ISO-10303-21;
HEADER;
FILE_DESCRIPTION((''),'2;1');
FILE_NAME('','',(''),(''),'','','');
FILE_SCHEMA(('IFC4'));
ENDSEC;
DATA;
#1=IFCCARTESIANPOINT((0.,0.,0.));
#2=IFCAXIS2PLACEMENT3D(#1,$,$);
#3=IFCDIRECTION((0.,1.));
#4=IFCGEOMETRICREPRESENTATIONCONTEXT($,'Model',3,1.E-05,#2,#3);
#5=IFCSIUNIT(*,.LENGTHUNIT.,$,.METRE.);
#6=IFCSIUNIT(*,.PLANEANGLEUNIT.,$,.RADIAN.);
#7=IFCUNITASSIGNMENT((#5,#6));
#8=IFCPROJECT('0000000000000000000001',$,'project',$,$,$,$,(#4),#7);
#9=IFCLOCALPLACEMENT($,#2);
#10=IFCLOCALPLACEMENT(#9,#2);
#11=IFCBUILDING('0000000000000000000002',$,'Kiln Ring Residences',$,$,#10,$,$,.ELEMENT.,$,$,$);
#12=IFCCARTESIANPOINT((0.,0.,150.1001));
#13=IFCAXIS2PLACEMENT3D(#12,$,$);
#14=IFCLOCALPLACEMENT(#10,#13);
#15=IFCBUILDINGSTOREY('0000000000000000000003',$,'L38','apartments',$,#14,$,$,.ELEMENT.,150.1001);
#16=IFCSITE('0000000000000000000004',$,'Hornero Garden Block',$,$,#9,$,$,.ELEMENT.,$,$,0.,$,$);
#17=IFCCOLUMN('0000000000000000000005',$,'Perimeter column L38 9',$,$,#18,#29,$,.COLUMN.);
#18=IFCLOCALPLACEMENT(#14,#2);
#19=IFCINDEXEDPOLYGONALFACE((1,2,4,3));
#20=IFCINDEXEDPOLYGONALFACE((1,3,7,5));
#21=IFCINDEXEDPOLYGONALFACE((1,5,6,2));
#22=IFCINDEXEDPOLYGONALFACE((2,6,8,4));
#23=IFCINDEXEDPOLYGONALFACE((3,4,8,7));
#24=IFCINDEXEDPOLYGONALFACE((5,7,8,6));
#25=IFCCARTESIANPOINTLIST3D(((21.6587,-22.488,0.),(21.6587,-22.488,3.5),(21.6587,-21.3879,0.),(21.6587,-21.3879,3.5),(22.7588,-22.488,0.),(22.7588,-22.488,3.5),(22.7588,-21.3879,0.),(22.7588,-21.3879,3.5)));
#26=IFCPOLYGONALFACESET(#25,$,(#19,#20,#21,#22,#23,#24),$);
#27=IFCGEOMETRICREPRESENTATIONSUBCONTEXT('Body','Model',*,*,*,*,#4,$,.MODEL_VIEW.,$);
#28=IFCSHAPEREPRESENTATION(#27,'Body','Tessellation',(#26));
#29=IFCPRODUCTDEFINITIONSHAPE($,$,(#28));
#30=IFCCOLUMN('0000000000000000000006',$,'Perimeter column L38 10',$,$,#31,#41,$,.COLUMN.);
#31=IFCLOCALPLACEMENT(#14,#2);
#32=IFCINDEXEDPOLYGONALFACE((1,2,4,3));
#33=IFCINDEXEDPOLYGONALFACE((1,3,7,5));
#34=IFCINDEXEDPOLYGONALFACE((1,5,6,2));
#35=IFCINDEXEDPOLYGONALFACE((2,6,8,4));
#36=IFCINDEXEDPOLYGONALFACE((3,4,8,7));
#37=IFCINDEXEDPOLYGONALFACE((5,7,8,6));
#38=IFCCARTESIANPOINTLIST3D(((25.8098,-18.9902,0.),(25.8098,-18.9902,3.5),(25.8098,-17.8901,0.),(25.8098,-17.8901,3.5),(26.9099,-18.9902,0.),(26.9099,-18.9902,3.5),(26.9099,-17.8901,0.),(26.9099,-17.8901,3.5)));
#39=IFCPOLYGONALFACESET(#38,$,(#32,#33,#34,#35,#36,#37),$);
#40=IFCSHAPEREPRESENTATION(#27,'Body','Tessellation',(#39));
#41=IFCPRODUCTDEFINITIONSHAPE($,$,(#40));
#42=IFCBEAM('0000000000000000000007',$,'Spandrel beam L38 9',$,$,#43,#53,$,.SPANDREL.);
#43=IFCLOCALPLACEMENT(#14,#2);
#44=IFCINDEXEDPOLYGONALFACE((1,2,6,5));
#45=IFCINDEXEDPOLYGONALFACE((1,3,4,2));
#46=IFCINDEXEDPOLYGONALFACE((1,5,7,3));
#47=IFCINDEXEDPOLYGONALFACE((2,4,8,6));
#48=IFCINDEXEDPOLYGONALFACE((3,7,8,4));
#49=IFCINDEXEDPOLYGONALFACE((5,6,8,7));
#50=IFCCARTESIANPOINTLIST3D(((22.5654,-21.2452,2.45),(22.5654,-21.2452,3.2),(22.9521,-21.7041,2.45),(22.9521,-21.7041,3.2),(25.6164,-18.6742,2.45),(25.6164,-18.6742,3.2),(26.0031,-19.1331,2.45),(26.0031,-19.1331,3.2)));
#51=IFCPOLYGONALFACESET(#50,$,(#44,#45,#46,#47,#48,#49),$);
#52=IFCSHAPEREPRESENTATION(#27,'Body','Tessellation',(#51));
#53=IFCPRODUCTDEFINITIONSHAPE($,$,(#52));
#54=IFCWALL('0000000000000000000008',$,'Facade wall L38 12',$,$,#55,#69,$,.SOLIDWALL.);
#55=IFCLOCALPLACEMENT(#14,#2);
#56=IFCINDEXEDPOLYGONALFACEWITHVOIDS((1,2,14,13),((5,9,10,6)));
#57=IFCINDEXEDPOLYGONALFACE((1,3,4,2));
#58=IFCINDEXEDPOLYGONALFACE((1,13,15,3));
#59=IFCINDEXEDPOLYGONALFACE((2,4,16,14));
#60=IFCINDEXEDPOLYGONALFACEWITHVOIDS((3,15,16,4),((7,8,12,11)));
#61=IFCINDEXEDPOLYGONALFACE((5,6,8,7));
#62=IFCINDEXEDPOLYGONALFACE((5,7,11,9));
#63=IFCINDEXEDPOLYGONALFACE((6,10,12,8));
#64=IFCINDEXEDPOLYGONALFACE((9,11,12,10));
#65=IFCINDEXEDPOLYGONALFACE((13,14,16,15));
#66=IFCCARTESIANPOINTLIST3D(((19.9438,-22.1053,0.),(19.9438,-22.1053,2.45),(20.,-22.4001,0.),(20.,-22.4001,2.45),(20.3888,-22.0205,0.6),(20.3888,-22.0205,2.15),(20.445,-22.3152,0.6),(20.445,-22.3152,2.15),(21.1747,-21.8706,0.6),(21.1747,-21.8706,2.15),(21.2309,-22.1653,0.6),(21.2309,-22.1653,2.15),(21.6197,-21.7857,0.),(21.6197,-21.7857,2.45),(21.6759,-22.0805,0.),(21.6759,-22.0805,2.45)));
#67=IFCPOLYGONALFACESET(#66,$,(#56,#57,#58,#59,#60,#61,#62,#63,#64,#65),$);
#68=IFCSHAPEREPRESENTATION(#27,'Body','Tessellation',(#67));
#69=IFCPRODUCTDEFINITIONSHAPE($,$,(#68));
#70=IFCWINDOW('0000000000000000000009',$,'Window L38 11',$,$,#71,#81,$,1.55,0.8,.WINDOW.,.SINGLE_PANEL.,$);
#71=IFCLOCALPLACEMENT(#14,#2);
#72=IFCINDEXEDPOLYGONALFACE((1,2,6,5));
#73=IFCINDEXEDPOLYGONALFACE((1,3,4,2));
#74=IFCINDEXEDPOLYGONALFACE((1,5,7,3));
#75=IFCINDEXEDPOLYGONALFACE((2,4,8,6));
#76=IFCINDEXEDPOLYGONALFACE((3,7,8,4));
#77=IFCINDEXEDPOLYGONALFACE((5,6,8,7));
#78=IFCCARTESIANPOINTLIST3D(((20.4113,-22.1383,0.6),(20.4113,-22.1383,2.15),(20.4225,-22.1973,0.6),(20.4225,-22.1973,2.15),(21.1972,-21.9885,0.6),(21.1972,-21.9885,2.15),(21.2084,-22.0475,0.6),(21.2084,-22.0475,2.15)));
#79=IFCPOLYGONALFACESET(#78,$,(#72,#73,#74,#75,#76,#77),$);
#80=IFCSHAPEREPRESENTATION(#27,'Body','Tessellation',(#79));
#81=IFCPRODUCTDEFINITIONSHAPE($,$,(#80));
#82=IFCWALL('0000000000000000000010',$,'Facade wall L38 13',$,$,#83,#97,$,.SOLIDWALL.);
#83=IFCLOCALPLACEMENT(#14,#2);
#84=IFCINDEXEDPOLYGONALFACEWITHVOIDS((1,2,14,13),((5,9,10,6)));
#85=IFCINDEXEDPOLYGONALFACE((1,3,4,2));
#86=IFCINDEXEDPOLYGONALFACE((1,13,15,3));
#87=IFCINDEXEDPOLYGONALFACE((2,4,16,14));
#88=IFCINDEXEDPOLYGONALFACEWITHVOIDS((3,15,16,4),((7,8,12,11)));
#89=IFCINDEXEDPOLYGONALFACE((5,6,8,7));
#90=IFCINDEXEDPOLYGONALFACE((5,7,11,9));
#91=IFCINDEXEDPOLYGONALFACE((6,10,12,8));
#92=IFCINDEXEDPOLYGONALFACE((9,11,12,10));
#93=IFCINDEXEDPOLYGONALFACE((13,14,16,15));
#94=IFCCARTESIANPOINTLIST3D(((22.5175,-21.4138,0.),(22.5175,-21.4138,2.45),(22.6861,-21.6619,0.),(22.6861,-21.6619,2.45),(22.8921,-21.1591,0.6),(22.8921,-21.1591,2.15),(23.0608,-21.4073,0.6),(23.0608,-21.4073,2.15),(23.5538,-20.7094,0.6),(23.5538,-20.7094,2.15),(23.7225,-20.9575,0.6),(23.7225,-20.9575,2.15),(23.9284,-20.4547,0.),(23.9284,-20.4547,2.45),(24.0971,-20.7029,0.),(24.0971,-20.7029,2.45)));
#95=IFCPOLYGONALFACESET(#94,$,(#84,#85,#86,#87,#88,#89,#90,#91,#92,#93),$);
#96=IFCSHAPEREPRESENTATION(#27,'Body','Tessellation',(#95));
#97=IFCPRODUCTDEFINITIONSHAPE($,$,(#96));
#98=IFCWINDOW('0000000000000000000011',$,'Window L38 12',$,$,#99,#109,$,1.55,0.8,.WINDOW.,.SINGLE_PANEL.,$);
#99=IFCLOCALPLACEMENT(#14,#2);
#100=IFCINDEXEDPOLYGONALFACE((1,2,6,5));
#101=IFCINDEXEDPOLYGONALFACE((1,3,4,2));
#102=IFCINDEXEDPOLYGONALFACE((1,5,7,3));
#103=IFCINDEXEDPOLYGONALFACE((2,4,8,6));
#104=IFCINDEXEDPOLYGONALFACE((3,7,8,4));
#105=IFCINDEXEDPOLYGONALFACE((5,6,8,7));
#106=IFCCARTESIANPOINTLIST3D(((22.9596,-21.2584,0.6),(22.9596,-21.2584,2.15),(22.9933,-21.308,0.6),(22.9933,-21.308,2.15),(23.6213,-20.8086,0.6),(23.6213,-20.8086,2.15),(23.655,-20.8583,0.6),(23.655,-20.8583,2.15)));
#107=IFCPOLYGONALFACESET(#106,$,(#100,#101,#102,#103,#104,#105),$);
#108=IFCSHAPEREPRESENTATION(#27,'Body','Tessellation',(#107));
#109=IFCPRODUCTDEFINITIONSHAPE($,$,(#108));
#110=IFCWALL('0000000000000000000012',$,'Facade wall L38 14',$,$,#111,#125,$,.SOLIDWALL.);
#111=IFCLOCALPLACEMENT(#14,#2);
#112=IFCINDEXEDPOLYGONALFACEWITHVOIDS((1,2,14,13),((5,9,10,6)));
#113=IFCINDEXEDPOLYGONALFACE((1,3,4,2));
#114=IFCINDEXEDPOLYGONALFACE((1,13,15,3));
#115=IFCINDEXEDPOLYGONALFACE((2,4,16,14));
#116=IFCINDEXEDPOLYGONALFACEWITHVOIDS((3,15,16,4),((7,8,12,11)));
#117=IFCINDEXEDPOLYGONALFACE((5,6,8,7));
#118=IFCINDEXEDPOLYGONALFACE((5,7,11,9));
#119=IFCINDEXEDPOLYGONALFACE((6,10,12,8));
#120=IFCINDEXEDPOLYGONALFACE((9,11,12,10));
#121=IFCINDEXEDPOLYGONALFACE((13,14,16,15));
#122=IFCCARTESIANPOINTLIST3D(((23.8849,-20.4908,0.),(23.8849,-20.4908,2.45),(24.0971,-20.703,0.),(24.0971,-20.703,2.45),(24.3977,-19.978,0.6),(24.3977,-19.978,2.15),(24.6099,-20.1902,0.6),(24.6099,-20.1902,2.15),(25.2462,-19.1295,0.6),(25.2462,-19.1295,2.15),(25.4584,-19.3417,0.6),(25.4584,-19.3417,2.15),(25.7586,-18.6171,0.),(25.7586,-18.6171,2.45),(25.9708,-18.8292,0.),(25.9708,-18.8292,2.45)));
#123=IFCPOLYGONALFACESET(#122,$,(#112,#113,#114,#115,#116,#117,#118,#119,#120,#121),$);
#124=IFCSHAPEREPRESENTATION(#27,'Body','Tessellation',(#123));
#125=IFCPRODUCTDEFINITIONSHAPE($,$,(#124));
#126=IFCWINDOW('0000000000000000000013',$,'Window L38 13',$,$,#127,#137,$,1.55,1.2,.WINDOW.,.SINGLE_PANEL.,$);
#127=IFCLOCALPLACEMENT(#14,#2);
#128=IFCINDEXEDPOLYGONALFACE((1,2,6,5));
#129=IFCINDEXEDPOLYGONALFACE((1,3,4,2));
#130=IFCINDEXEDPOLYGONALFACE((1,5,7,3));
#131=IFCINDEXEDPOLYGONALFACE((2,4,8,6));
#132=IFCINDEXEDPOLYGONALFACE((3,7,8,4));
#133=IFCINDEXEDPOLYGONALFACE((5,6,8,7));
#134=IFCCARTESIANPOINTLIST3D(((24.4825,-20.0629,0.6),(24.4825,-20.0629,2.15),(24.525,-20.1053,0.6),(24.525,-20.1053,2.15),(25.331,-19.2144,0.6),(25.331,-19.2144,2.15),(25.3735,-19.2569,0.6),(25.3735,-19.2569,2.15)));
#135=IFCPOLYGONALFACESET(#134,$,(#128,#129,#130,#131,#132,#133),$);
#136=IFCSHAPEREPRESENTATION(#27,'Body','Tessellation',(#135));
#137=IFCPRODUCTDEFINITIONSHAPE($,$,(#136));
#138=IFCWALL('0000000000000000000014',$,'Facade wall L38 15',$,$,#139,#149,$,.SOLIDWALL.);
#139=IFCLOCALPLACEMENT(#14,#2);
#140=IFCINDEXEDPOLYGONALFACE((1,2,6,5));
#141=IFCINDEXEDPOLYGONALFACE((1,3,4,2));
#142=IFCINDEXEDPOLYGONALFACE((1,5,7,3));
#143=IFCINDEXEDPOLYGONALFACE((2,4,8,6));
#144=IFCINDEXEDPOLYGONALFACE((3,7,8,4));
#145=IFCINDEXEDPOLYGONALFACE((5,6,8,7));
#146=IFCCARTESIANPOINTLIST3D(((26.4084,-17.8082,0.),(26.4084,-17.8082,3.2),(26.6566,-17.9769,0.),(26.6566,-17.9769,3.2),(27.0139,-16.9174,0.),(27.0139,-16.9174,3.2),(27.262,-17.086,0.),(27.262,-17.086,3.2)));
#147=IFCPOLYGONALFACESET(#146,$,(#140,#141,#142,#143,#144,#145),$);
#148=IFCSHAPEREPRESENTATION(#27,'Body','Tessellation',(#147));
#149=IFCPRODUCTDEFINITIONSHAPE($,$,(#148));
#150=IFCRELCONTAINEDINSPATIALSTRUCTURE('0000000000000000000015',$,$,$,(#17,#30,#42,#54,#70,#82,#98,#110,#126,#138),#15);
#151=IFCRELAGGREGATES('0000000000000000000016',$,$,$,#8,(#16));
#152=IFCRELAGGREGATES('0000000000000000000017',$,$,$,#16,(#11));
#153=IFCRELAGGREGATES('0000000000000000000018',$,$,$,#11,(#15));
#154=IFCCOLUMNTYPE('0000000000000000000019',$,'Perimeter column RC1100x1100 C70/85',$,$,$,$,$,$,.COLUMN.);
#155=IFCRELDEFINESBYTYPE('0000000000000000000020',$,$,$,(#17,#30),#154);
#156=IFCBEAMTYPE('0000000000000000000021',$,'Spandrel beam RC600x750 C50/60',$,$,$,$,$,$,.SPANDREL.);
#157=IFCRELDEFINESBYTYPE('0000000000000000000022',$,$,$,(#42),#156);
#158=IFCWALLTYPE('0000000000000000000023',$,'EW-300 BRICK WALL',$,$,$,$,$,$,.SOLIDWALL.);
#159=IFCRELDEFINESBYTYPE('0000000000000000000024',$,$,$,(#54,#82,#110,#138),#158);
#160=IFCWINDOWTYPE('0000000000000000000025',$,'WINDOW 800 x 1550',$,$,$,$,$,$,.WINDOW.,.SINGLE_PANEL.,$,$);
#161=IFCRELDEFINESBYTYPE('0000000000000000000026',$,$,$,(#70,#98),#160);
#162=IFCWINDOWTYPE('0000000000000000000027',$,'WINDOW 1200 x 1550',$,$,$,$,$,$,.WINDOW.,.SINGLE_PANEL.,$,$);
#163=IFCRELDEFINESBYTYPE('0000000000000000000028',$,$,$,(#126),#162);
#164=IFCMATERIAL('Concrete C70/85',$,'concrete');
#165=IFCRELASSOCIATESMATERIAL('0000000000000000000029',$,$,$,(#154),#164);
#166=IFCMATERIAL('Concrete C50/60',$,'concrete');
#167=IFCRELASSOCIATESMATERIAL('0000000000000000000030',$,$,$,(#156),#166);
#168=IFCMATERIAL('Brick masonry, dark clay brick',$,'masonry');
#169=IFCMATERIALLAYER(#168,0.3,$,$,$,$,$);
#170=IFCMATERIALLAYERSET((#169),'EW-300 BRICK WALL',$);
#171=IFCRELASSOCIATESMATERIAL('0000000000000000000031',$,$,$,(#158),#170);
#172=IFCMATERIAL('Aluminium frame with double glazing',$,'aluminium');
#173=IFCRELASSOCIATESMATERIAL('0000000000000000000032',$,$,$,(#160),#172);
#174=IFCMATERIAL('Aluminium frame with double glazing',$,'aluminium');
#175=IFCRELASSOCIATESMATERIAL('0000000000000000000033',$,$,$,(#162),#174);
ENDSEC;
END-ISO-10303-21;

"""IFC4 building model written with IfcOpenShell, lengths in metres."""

from ifc_helpers import new_model, si_unit, direction, frame, frame_2d, origin, origin_2d, place, context, subcontext, project, spatial, rectangle, extrude, material, layer, layer_set, material_profile, profile_set, type_object, element, fill, save


model = new_model("IFC4")

# Units and contexts
model_context = context("Model", 3, precision=1e-05, world=origin(), true_north=direction((0.0, 1.0)))
body_context = subcontext(model_context, "Body", "Model", "MODEL_VIEW")
ifc_project = project(units=[si_unit("LENGTHUNIT", "METRE"), si_unit("PLANEANGLEUNIT", "RADIAN")], contexts=[model_context])

# Site, building, storey
site_placement = place(None, origin())
site = spatial("IfcSite", under=ifc_project, at=site_placement, Name="Hornero Garden Block", CompositionType="ELEMENT", RefElevation=0.0)
building_placement = place(site_placement, origin())
building = spatial("IfcBuilding", under=site, at=building_placement, Name="Kiln Ring Residences", CompositionType="ELEMENT")
storey_placement = place(building_placement, frame((0.0, 0.0, 150.1001)))
storey = spatial("IfcBuildingStorey", under=building, at=storey_placement, Name="L38", Description="apartments", CompositionType="ELEMENT", Elevation=150.1001)

# Columns
ifc_material_1 = material(Name="Concrete C70/85", Category="concrete")
ifc_material_profile_1 = material_profile(ifc_material_1, rectangle(XDim=1.1001, YDim=1.1001, at=origin_2d()), Name="RC1100x1100")
ifc_profile_set_1 = profile_set([ifc_material_profile_1], Name="Concrete C70/85")
column_type = type_object("IfcColumnType", Name="Perimeter column RC1100x1100 C70/85", PredefinedType="COLUMN", material=ifc_profile_set_1)
for number, where, z_axis, x_axis, name in (
    (1, (22.2087, -21.938, 0.0), (0.0, 0.0, 1.0), (1.0, 0.0, 0.0), "Perimeter column L38 9"),
    (2, (26.3599, -18.4402, 0.0), (0.0, 0.0, 1.0), (1.0, 0.0, 0.0), "Perimeter column L38 10"),
):
    element("IfcColumn", number, at=place(storey_placement, frame(where, z_axis=z_axis, x_axis=x_axis)), inside=storey, type_object=column_type, Name=name, PredefinedType="COLUMN", context=body_context, shape_type="SweptSolid", body=[
        extrude(rectangle(XDim=1.1001, YDim=1.1001, at=origin_2d()), origin(), (0.0, 0.0, 1.0), 3.5),
    ])

# Beam
ifc_material_2 = material(Name="Concrete C50/60", Category="concrete")
ifc_material_profile_2 = material_profile(ifc_material_2, rectangle(XDim=0.6001, YDim=0.75, at=origin_2d()), Name="RC600x750")
ifc_profile_set_2 = profile_set([ifc_material_profile_2], Name="Concrete C50/60")
beam_type = type_object("IfcBeamType", Name="Spandrel beam RC600x750 C50/60", PredefinedType="SPANDREL", material=ifc_profile_set_2)
beam_placement = place(storey_placement, frame((22.7588, -21.4746, 2.825), z_axis=(0.764694, 0.644394, 0.0), x_axis=(-0.644394, 0.764694, 0.0)))
element("IfcBeam", 3, at=beam_placement, inside=storey, type_object=beam_type, Name="Spandrel beam L38 9", PredefinedType="SPANDREL", context=body_context, shape_type="SweptSolid", body=[
    extrude(rectangle(XDim=0.6001, YDim=0.75, at=origin_2d()), origin(), (0.0, 0.0, 1.0), 3.9897),
])

# Walls, openings, windows
ifc_material_3 = material(Name="Brick masonry, dark clay brick", Category="masonry")
ifc_layer_1 = layer(ifc_material_3, 0.3)
ifc_layer_set_1 = layer_set([ifc_layer_1], Name="EW-300 BRICK WALL")
wall_type_1 = type_object("IfcWallType", Name="EW-300 BRICK WALL", PredefinedType="SOLIDWALL", material=ifc_layer_set_1)
wall_1_placement = place(storey_placement, frame((19.9719, -22.2527, 0.0), z_axis=(0.0, 0.0, 1.0), x_axis=(0.982297, 0.187329, 0.0)))
wall_1 = element("IfcWall", 4, at=wall_1_placement, inside=storey, type_object=wall_type_1, Name="Facade wall L38 12", PredefinedType="SOLIDWALL", context=body_context, shape_type="SweptSolid", body=[
    extrude(rectangle(XDim=1.7061, YDim=0.3, at=frame_2d((0.853, 0.0))), origin(), (0.0, 0.0, 1.0), 2.45),
])
opening_1_placement = place(wall_1_placement, frame((0.4531, 0.0, 0.6001)))
opening_1 = element("IfcOpeningElement", 5, at=opening_1_placement, cuts=wall_1, PredefinedType="OPENING", context=body_context, shape_type="SweptSolid", body=[
    extrude(rectangle(XDim=0.8, YDim=1.55, at=frame_2d((0.3999, 0.7749))), frame((0.0, 0.1599, 0.0), z_axis=(0.0, -1.0, 0.0), x_axis=(1.0, 0.0, 0.0)), (0.0, 0.0, 1.0), 0.3201),
])
ifc_material_4 = material(Name="Aluminium frame with double glazing", Category="aluminium")
window_type_1 = type_object("IfcWindowType", Name="WINDOW 800 x 1550", PartitioningType="SINGLE_PANEL", PredefinedType="WINDOW", material=ifc_material_4)
window_1_placement = place(opening_1_placement, origin())
window_1 = element("IfcWindow", 6, at=window_1_placement, inside=storey, type_object=window_type_1, Name="Window L38 11", OverallHeight=1.55, OverallWidth=0.8, PartitioningType="SINGLE_PANEL", PredefinedType="WINDOW", context=body_context, shape_type="SweptSolid", body=[
    extrude(rectangle(XDim=0.8, YDim=1.55, at=frame_2d((0.3999, 0.7749))), frame((0.0, 0.03, 0.0), z_axis=(0.0, -1.0, 0.0), x_axis=(1.0, 0.0, 0.0)), (0.0, 0.0, 1.0), 0.0601),
])
fill(opening_1, window_1)
wall_2_placement = place(storey_placement, frame((22.6018, -21.5378, 0.0), z_axis=(0.0, 0.0, 1.0), x_axis=(0.827041, 0.562142, 0.0)))
wall_2 = element("IfcWall", 7, at=wall_2_placement, inside=storey, type_object=wall_type_1, Name="Facade wall L38 13", PredefinedType="SOLIDWALL", context=body_context, shape_type="SweptSolid", body=[
    extrude(rectangle(XDim=1.7061, YDim=0.3, at=frame_2d((0.853, 0.0))), origin(), (0.0, 0.0, 1.0), 2.45),
])
opening_2_placement = place(wall_2_placement, frame((0.4531, 0.0, 0.6001)))
opening_2 = element("IfcOpeningElement", 8, at=opening_2_placement, cuts=wall_2, PredefinedType="OPENING", context=body_context, shape_type="SweptSolid", body=[
    extrude(rectangle(XDim=0.8, YDim=1.55, at=frame_2d((0.3999, 0.7749))), frame((0.0, 0.1599, 0.0), z_axis=(0.0, -1.0, 0.0), x_axis=(1.0, 0.0, 0.0)), (0.0, 0.0, 1.0), 0.3201),
])
window_2_placement = place(opening_2_placement, origin())
window_2 = element("IfcWindow", 9, at=window_2_placement, inside=storey, type_object=window_type_1, Name="Window L38 12", OverallHeight=1.55, OverallWidth=0.8, PartitioningType="SINGLE_PANEL", PredefinedType="WINDOW", context=body_context, shape_type="SweptSolid", body=[
    extrude(rectangle(XDim=0.8, YDim=1.55, at=frame_2d((0.3999, 0.7749))), frame((0.0, 0.03, 0.0), z_axis=(0.0, -1.0, 0.0), x_axis=(1.0, 0.0, 0.0)), (0.0, 0.0, 1.0), 0.0601),
])
fill(opening_2, window_2)
wall_3_placement = place(storey_placement, frame((23.991, -20.5969, 0.0), z_axis=(0.0, 0.0, 1.0), x_axis=(0.707107, 0.707107, 0.0)))
wall_3 = element("IfcWall", 10, at=wall_3_placement, inside=storey, type_object=wall_type_1, Name="Facade wall L38 14", PredefinedType="SOLIDWALL", context=body_context, shape_type="SweptSolid", body=[
    extrude(rectangle(XDim=2.6499, YDim=0.3, at=frame_2d((1.325, 0.0))), origin(), (0.0, 0.0, 1.0), 2.45),
])
opening_3_placement = place(wall_3_placement, frame((0.7251, 0.0, 0.6001)))
opening_3 = element("IfcOpeningElement", 11, at=opening_3_placement, cuts=wall_3, PredefinedType="OPENING", context=body_context, shape_type="SweptSolid", body=[
    extrude(rectangle(XDim=1.2, YDim=1.55, at=frame_2d((0.6001, 0.7749))), frame((0.0, 0.1599, 0.0), z_axis=(0.0, -1.0, 0.0), x_axis=(1.0, 0.0, 0.0)), (0.0, 0.0, 1.0), 0.3201),
])
ifc_material_5 = material(Name="Aluminium frame with double glazing", Category="aluminium")
window_type_2 = type_object("IfcWindowType", Name="WINDOW 1200 x 1550", PartitioningType="SINGLE_PANEL", PredefinedType="WINDOW", material=ifc_material_5)
window_3_placement = place(opening_3_placement, origin())
window_3 = element("IfcWindow", 12, at=window_3_placement, inside=storey, type_object=window_type_2, Name="Window L38 13", OverallHeight=1.55, OverallWidth=1.2, PartitioningType="SINGLE_PANEL", PredefinedType="WINDOW", context=body_context, shape_type="SweptSolid", body=[
    extrude(rectangle(XDim=1.2, YDim=1.55, at=frame_2d((0.6001, 0.7749))), frame((0.0, 0.03, 0.0), z_axis=(0.0, -1.0, 0.0), x_axis=(1.0, 0.0, 0.0)), (0.0, 0.0, 1.0), 0.0601),
])
fill(opening_3, window_3)

# Wall
wall_4_placement = place(storey_placement, frame((26.5325, -17.8926, 0.0), z_axis=(0.0, 0.0, 1.0), x_axis=(0.562105, 0.827066, 0.0)))
element("IfcWall", 13, at=wall_4_placement, inside=storey, type_object=wall_type_1, Name="Facade wall L38 15", PredefinedType="SOLIDWALL", context=body_context, shape_type="SweptSolid", body=[
    extrude(rectangle(XDim=1.0771, YDim=0.3, at=frame_2d((0.5386, 0.0))), origin(), (0.0, 0.0, 1.0), 3.2),
])

save(model, "model.ifc")
